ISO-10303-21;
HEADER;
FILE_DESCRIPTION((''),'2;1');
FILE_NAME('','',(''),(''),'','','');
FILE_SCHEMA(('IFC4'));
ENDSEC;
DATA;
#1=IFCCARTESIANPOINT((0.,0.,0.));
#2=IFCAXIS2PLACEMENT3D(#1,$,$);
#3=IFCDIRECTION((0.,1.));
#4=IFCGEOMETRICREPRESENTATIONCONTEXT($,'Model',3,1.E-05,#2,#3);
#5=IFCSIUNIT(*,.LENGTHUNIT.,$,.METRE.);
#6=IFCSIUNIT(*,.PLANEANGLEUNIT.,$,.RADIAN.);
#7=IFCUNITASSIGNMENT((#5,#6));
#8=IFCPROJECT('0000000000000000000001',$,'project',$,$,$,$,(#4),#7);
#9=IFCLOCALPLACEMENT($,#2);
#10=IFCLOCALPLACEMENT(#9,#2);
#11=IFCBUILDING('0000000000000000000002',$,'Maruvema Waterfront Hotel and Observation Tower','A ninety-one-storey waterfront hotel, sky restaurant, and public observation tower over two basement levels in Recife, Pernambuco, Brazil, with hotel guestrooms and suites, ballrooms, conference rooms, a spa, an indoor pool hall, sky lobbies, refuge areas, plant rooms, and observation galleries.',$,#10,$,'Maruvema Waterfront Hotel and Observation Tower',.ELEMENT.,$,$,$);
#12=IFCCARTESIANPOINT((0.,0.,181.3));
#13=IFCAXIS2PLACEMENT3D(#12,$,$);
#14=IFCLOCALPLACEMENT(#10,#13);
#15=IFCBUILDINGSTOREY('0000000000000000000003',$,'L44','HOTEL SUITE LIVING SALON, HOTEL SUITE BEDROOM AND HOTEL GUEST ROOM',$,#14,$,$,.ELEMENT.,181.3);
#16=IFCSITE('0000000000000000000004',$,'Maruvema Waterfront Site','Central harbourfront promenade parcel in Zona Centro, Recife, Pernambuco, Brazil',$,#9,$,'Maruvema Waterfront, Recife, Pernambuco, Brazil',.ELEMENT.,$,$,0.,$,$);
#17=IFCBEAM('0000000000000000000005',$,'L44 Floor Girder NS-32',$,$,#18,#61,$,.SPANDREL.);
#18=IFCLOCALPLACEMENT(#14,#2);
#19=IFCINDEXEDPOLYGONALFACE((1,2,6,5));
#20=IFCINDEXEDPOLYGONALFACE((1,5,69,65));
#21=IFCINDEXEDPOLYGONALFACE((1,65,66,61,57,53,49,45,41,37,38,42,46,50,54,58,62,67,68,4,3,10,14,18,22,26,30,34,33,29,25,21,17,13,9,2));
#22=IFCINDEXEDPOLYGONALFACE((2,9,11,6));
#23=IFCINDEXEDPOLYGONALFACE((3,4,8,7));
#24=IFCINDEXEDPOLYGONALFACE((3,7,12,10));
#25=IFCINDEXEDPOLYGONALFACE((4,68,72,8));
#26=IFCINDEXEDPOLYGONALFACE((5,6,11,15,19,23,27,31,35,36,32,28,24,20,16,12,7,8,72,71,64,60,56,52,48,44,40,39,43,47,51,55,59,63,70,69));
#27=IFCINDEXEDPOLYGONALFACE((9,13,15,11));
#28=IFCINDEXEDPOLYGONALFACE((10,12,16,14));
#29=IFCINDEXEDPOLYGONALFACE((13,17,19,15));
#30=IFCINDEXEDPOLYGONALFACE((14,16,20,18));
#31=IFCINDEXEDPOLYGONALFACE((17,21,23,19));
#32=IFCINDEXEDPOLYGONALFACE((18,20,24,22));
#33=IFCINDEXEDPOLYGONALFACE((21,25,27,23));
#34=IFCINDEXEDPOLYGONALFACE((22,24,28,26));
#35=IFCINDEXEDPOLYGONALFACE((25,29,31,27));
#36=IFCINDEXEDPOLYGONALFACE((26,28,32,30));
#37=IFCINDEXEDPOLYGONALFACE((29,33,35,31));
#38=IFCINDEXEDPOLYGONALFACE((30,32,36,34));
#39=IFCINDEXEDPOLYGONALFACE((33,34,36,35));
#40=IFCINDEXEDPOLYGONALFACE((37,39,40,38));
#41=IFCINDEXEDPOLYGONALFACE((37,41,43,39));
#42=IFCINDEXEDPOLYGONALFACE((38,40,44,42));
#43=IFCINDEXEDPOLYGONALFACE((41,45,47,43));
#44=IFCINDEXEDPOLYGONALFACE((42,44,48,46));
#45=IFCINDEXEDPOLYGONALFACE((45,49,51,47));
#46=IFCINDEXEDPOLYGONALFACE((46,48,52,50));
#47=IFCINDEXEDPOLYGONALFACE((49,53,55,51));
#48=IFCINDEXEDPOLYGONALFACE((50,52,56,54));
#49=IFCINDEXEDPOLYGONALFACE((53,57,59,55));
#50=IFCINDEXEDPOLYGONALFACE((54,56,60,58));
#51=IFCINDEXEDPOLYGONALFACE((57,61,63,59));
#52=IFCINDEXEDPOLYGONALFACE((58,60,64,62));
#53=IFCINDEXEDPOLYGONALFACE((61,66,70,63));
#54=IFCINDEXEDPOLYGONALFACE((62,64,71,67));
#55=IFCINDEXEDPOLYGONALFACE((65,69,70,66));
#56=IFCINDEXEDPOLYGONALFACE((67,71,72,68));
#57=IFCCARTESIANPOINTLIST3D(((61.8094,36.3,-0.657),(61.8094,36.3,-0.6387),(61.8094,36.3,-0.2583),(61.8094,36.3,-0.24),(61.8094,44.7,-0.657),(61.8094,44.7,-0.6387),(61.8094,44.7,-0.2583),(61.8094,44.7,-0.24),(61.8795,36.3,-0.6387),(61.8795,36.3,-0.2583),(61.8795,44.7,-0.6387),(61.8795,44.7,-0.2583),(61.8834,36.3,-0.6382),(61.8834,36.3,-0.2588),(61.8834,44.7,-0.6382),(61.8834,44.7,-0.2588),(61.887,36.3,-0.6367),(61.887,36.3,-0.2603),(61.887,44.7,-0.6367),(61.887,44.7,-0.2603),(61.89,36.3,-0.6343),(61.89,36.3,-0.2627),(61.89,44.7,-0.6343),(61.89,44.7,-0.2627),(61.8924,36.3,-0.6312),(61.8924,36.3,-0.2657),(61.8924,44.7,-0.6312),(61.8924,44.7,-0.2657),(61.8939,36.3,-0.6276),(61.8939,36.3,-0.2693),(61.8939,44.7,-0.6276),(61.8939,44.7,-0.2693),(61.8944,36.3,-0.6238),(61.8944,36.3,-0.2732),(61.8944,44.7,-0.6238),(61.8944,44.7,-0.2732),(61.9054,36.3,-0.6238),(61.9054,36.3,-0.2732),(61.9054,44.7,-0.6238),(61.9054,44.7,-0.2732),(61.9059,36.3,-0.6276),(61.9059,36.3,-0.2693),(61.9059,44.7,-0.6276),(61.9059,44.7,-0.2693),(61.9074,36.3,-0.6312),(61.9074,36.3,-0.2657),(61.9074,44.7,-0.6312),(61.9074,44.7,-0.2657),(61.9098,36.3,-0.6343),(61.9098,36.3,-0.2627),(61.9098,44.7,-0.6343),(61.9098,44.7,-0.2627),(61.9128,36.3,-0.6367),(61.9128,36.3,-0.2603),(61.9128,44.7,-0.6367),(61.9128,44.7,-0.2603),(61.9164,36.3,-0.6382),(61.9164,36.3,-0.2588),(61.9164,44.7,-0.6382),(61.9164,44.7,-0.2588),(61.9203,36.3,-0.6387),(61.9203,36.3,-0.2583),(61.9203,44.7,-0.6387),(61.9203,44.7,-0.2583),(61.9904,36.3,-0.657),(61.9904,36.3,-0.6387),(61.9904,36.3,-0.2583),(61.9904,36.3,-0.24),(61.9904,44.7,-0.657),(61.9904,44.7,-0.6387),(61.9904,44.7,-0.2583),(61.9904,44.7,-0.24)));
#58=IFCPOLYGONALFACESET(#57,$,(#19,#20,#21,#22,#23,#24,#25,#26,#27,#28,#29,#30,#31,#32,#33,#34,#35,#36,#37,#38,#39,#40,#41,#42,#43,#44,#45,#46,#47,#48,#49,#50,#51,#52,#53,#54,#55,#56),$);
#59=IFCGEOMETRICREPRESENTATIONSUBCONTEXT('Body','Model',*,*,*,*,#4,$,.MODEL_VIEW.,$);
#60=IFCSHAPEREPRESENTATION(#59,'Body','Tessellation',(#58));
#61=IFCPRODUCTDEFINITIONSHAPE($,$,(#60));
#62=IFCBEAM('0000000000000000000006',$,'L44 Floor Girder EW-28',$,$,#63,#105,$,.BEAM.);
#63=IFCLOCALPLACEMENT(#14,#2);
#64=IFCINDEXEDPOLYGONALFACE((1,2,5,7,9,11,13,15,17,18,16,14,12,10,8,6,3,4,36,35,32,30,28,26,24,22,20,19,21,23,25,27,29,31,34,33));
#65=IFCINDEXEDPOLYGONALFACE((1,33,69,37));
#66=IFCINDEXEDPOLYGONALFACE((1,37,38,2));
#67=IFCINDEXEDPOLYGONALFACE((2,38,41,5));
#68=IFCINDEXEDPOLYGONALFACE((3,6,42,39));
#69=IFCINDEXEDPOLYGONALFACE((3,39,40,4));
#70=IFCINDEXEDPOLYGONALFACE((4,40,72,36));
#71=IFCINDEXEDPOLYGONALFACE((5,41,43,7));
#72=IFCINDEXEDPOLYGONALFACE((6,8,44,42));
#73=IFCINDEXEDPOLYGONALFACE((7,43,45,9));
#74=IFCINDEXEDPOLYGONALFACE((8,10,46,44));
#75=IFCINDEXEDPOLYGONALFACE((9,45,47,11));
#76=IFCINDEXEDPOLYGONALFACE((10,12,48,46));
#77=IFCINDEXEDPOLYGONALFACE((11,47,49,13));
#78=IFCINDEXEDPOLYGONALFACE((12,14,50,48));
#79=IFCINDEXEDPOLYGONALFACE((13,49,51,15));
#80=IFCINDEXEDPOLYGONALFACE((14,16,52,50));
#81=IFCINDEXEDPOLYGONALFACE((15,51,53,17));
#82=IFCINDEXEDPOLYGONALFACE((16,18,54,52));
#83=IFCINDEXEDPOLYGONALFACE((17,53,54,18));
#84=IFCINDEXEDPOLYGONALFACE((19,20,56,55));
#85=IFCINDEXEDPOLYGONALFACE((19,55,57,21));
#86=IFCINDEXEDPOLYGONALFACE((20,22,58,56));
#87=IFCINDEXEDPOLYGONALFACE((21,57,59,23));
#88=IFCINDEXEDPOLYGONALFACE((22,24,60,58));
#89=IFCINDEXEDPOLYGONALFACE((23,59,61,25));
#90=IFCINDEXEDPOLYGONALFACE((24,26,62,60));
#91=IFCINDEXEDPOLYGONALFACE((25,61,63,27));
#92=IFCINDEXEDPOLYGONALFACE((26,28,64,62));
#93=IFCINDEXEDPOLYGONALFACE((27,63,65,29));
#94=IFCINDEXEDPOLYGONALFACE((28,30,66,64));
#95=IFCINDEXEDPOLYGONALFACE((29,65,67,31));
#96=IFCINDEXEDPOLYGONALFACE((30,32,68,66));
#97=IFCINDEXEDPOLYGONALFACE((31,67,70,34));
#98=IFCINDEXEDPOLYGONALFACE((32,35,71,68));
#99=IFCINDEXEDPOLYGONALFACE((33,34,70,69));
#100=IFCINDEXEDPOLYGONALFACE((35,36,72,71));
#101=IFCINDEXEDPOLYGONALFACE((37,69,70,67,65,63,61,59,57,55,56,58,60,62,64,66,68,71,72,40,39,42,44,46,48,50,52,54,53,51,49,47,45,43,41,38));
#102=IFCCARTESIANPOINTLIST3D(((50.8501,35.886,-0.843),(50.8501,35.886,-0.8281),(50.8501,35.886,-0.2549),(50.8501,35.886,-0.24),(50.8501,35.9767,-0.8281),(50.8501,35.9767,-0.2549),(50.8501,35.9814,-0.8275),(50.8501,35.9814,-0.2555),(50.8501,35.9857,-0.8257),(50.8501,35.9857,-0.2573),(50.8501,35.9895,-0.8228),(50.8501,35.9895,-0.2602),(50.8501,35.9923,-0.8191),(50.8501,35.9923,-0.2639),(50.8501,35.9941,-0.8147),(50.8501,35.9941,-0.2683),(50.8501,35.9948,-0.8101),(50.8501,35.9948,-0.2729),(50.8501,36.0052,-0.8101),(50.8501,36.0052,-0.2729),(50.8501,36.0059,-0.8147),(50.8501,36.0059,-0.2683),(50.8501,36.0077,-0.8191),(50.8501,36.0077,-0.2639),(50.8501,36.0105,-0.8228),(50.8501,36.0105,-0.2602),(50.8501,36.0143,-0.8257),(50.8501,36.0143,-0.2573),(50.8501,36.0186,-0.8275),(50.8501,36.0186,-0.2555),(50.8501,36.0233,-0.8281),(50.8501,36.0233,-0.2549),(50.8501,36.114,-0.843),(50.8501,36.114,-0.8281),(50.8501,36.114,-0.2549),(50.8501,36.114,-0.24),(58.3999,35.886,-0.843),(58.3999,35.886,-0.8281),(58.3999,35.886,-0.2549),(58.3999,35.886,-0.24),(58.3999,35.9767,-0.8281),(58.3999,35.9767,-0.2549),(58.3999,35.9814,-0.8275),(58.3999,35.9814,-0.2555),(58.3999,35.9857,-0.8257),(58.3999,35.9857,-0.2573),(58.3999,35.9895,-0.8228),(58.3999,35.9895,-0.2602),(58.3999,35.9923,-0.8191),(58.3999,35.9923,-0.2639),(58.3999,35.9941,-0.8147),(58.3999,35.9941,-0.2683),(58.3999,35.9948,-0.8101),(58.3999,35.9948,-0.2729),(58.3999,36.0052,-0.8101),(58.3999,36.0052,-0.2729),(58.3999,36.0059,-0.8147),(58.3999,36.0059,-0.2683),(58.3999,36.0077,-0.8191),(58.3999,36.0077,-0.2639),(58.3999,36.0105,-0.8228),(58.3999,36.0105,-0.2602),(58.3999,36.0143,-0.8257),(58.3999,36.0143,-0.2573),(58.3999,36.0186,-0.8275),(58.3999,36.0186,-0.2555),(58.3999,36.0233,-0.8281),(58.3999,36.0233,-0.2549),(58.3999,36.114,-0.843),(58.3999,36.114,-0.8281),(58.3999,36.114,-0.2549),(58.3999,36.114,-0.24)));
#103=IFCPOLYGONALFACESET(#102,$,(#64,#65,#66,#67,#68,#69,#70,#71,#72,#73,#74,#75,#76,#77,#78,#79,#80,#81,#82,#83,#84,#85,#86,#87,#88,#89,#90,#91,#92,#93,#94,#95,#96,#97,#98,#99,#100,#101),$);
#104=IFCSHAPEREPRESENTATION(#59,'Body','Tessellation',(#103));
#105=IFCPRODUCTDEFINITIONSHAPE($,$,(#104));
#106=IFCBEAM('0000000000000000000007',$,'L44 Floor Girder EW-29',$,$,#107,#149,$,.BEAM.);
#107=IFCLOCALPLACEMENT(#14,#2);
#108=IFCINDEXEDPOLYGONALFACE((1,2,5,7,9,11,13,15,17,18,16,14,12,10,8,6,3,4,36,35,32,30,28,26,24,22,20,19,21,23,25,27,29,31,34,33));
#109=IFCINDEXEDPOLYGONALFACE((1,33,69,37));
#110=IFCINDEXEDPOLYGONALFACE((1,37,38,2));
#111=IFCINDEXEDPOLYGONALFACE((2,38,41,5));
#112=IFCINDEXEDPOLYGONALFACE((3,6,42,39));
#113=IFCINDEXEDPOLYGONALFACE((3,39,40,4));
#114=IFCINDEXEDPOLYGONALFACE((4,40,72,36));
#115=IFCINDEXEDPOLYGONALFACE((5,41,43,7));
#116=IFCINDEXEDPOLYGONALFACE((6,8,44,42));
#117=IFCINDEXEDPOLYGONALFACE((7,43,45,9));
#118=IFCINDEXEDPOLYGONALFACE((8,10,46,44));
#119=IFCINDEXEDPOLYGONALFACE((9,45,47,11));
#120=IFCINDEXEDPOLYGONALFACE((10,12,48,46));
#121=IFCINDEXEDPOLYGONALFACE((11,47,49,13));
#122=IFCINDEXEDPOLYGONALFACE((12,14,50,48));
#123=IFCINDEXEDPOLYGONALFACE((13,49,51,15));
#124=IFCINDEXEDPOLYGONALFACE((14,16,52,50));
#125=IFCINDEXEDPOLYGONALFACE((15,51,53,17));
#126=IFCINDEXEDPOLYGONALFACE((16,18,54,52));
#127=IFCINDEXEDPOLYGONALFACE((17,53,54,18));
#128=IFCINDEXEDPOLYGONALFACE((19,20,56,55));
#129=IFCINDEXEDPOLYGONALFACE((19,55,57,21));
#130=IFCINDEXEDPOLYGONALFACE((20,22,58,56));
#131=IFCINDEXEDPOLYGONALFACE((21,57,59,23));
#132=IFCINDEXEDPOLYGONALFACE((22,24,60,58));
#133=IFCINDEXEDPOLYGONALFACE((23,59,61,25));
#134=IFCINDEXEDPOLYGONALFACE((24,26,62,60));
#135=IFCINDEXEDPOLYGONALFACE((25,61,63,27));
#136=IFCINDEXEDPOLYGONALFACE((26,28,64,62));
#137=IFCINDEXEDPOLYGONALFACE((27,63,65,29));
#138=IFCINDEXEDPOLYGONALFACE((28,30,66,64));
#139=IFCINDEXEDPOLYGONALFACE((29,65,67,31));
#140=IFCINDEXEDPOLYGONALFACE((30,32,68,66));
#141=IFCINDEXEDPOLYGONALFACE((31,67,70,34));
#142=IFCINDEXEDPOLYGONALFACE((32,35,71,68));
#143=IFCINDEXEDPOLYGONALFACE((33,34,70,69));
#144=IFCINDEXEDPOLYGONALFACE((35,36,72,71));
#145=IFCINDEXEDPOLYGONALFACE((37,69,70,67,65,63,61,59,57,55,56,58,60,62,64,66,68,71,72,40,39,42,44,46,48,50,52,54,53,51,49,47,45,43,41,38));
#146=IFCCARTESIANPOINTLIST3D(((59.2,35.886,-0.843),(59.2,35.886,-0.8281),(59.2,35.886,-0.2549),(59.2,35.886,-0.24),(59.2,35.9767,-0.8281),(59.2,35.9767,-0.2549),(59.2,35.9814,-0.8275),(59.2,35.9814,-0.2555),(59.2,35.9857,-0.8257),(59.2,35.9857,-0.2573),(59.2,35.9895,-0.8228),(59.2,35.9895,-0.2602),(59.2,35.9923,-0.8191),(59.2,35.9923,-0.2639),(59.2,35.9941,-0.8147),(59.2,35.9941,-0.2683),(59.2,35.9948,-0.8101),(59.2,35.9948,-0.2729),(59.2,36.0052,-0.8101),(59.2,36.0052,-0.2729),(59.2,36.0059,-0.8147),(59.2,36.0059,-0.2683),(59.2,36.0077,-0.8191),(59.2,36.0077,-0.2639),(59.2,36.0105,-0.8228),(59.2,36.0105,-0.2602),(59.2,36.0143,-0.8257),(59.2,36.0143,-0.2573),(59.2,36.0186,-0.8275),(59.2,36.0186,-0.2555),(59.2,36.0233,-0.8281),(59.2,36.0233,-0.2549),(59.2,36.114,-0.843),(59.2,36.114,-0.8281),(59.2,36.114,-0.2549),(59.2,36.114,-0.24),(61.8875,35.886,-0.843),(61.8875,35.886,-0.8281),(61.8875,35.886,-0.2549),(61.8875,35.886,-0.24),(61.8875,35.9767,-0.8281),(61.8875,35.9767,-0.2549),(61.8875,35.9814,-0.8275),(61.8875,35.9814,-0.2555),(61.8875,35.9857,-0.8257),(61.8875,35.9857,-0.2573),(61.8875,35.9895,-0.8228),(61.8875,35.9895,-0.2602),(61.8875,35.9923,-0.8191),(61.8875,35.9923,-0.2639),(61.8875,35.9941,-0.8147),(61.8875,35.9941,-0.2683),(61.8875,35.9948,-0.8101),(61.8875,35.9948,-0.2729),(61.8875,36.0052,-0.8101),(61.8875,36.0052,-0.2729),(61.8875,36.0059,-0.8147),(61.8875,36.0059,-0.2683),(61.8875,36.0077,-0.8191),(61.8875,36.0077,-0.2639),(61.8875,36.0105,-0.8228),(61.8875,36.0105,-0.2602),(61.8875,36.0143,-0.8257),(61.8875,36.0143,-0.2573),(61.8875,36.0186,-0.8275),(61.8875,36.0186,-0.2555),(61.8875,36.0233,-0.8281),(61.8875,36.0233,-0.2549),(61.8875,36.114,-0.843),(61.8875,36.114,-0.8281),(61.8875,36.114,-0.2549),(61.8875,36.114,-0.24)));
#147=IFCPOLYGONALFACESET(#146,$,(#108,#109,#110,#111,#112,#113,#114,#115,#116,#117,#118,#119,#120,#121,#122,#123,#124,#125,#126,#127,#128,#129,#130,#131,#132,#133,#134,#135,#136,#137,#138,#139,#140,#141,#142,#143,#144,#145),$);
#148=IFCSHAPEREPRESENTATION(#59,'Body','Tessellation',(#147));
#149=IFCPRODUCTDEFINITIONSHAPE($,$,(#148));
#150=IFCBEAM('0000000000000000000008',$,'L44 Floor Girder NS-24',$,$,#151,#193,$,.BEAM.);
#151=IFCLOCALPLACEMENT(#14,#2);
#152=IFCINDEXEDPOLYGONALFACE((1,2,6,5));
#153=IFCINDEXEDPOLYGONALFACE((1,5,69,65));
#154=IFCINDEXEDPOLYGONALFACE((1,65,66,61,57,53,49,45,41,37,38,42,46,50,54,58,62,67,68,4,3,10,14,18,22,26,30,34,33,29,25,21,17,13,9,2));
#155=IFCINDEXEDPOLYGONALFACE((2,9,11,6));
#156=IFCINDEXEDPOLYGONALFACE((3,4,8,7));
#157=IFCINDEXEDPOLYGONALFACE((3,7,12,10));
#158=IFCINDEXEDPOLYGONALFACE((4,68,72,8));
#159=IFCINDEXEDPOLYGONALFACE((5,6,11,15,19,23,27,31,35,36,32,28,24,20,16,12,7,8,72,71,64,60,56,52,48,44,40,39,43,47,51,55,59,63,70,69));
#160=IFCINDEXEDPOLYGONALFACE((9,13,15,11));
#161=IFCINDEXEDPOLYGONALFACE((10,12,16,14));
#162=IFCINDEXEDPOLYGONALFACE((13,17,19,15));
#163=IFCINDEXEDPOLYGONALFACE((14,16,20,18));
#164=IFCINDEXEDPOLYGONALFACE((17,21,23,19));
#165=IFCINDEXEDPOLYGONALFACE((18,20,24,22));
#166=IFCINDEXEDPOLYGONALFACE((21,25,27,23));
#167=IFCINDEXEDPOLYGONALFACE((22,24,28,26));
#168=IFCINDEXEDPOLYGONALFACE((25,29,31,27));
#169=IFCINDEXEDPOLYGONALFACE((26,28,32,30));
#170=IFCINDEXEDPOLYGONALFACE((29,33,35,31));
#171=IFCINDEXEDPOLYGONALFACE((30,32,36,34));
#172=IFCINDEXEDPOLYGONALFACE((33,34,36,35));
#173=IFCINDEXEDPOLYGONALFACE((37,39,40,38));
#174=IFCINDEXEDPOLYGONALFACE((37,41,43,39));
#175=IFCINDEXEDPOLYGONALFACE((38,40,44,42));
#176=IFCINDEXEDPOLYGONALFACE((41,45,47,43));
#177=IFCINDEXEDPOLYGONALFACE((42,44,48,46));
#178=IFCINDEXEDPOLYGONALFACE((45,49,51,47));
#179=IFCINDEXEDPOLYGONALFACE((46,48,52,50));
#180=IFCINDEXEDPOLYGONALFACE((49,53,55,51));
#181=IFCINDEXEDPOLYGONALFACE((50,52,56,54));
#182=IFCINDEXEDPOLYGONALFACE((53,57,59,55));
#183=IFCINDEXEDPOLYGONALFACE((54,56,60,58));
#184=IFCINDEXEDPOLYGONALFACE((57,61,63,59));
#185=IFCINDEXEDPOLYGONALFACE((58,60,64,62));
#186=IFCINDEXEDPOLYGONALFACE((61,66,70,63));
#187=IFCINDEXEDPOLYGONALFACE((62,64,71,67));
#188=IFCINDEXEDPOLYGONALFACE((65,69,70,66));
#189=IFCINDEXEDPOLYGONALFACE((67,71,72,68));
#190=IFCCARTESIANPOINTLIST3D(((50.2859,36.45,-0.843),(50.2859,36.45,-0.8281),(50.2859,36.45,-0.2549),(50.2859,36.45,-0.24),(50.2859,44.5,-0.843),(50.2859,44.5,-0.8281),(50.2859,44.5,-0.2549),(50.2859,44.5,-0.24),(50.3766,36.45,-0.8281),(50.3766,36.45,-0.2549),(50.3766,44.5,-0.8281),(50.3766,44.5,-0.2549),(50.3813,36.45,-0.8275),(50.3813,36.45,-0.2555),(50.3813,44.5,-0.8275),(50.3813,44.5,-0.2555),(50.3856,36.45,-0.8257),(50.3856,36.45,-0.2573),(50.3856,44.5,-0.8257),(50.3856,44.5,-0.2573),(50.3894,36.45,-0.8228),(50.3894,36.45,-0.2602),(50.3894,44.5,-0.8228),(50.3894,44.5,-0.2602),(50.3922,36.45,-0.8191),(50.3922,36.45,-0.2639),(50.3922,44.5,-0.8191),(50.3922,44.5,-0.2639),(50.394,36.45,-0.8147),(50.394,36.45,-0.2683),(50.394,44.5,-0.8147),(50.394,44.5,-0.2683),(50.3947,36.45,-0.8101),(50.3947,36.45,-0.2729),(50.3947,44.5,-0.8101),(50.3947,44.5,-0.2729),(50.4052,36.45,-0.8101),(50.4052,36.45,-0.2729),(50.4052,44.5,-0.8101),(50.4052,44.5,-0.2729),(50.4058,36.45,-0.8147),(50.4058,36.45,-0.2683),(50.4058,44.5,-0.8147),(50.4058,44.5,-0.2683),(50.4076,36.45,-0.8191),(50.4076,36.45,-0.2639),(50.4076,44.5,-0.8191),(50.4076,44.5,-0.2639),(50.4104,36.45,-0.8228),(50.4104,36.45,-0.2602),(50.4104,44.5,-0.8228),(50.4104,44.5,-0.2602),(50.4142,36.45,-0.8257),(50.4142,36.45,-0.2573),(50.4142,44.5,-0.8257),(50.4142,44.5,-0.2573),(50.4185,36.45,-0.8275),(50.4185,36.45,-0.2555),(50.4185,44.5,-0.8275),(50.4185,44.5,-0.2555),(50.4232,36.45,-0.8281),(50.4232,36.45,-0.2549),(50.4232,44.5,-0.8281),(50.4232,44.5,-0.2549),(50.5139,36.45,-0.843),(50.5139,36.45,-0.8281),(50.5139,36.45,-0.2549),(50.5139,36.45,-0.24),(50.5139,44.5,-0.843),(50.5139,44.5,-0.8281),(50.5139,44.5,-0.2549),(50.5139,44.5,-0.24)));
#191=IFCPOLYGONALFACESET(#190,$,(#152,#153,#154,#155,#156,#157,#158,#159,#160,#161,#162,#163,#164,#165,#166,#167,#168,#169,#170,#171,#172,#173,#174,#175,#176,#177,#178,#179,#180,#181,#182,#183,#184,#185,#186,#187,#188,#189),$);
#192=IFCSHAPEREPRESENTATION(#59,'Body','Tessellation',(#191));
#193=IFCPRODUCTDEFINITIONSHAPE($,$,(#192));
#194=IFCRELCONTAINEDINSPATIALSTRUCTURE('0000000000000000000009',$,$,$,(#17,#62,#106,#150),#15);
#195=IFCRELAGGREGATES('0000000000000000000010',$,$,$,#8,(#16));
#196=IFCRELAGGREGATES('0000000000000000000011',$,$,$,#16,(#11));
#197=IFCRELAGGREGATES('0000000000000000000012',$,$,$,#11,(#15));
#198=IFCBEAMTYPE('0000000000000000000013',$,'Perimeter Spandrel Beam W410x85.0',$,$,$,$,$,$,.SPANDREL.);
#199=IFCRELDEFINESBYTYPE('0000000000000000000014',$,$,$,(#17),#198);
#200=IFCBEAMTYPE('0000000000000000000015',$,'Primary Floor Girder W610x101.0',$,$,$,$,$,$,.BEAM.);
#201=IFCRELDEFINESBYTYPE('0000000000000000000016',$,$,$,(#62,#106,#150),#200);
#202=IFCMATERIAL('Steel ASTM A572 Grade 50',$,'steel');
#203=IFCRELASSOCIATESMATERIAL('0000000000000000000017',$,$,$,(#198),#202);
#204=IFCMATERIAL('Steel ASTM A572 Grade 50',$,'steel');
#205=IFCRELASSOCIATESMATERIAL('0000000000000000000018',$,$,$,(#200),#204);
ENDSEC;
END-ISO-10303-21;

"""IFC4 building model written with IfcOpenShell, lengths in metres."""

from ifc_helpers import new_model, si_unit, direction, frame, origin, origin_2d, place, context, subcontext, project, spatial, i_section, extrude, material, material_profile, profile_set, type_object, element, save


model = new_model("IFC4")

# Units and contexts
model_context = context("Model", 3, precision=1e-05, world=origin(), true_north=direction((0.0, 1.0)))
body_context = subcontext(model_context, "Body", "Model", "MODEL_VIEW")
ifc_project = project(units=[si_unit("LENGTHUNIT", "METRE"), si_unit("PLANEANGLEUNIT", "RADIAN")], contexts=[model_context])

# Site, building, storey
site_placement = place(None, origin())
site = spatial("IfcSite", under=ifc_project, at=site_placement, Name="Maruvema Waterfront Site", Description="Central harbourfront promenade parcel in Zona Centro, Recife, Pernambuco, Brazil", LongName="Maruvema Waterfront, Recife, Pernambuco, Brazil", CompositionType="ELEMENT", RefElevation=0.0)
building_placement = place(site_placement, origin())
building = spatial("IfcBuilding", under=site, at=building_placement, Name="Maruvema Waterfront Hotel and Observation Tower", Description="A ninety-one-storey waterfront hotel, sky restaurant, and public observation tower over two basement levels in Recife, Pernambuco, Brazil, with hotel guestrooms and suites, ballrooms, conference rooms, a spa, an indoor pool hall, sky lobbies, refuge areas, plant rooms, and observation galleries.", LongName="Maruvema Waterfront Hotel and Observation Tower", CompositionType="ELEMENT")
storey_placement = place(building_placement, frame((0.0, 0.0, 181.3)))
storey = spatial("IfcBuildingStorey", under=building, at=storey_placement, Name="L44", Description="HOTEL SUITE LIVING SALON, HOTEL SUITE BEDROOM AND HOTEL GUEST ROOM", CompositionType="ELEMENT", Elevation=181.3)

# Beams
ifc_material_1 = material(Name="Steel ASTM A572 Grade 50", Category="steel")
ifc_material_profile_1 = material_profile(ifc_material_1, i_section(OverallWidth=0.1809, OverallDepth=0.417, WebThickness=0.011, FlangeThickness=0.0183, FilletRadius=0.0149, at=origin_2d()), Name="W410x85.0")
ifc_profile_set_1 = profile_set([ifc_material_profile_1], Name="Steel ASTM A572 Grade 50")
beam_type_1 = type_object("IfcBeamType", Name="Perimeter Spandrel Beam W410x85.0", PredefinedType="SPANDREL", material=ifc_profile_set_1)
beam_1_placement = place(storey_placement, frame((61.8999, 36.3, -0.4485), z_axis=(0.0, 1.0, 0.0), x_axis=(-1.0, 0.0, 0.0)))
element("IfcBeam", 1, at=beam_1_placement, inside=storey, type_object=beam_type_1, Name="L44 Floor Girder NS-32", PredefinedType="SPANDREL", context=body_context, shape_type="SweptSolid", body=[
    extrude(i_section(OverallWidth=0.1809, OverallDepth=0.417, WebThickness=0.011, FlangeThickness=0.0183, FilletRadius=0.0149, at=origin_2d()), origin(), (0.0, 0.0, 1.0), 8.3999),
])
ifc_material_2 = material(Name="Steel ASTM A572 Grade 50", Category="steel")
ifc_material_profile_2 = material_profile(ifc_material_2, i_section(OverallWidth=0.228, OverallDepth=0.603, WebThickness=0.0105, FlangeThickness=0.0149, FilletRadius=0.0181, at=origin_2d()), Name="W610x101.0")
ifc_profile_set_2 = profile_set([ifc_material_profile_2], Name="Steel ASTM A572 Grade 50")
beam_type_2 = type_object("IfcBeamType", Name="Primary Floor Girder W610x101.0", PredefinedType="BEAM", material=ifc_profile_set_2)
beam_2_placement = place(storey_placement, frame((50.8501, 36.0, -0.5415), z_axis=(1.0, 0.0, 0.0), x_axis=(0.0, 1.0, 0.0)))
element("IfcBeam", 2, at=beam_2_placement, inside=storey, type_object=beam_type_2, Name="L44 Floor Girder EW-28", PredefinedType="BEAM", context=body_context, shape_type="SweptSolid", body=[
    extrude(i_section(OverallWidth=0.228, OverallDepth=0.603, WebThickness=0.0105, FlangeThickness=0.0149, FilletRadius=0.0181, at=origin_2d()), origin(), (0.0, 0.0, 1.0), 7.5498),
])
beam_3_placement = place(storey_placement, frame((59.2, 36.0, -0.5415), z_axis=(1.0, 0.0, 0.0), x_axis=(0.0, 1.0, 0.0)))
element("IfcBeam", 3, at=beam_3_placement, inside=storey, type_object=beam_type_2, Name="L44 Floor Girder EW-29", PredefinedType="BEAM", context=body_context, shape_type="SweptSolid", body=[
    extrude(i_section(OverallWidth=0.228, OverallDepth=0.603, WebThickness=0.0105, FlangeThickness=0.0149, FilletRadius=0.0181, at=origin_2d()), origin(), (0.0, 0.0, 1.0), 2.6875),
])
beam_4_placement = place(storey_placement, frame((50.3999, 36.45, -0.5415), z_axis=(0.0, 1.0, 0.0), x_axis=(-1.0, 0.0, 0.0)))
element("IfcBeam", 4, at=beam_4_placement, inside=storey, type_object=beam_type_2, Name="L44 Floor Girder NS-24", PredefinedType="BEAM", context=body_context, shape_type="SweptSolid", body=[
    extrude(i_section(OverallWidth=0.228, OverallDepth=0.603, WebThickness=0.0105, FlangeThickness=0.0149, FilletRadius=0.0181, at=origin_2d()), origin(), (0.0, 0.0, 1.0), 8.05),
])

save(model, "model.ifc")
